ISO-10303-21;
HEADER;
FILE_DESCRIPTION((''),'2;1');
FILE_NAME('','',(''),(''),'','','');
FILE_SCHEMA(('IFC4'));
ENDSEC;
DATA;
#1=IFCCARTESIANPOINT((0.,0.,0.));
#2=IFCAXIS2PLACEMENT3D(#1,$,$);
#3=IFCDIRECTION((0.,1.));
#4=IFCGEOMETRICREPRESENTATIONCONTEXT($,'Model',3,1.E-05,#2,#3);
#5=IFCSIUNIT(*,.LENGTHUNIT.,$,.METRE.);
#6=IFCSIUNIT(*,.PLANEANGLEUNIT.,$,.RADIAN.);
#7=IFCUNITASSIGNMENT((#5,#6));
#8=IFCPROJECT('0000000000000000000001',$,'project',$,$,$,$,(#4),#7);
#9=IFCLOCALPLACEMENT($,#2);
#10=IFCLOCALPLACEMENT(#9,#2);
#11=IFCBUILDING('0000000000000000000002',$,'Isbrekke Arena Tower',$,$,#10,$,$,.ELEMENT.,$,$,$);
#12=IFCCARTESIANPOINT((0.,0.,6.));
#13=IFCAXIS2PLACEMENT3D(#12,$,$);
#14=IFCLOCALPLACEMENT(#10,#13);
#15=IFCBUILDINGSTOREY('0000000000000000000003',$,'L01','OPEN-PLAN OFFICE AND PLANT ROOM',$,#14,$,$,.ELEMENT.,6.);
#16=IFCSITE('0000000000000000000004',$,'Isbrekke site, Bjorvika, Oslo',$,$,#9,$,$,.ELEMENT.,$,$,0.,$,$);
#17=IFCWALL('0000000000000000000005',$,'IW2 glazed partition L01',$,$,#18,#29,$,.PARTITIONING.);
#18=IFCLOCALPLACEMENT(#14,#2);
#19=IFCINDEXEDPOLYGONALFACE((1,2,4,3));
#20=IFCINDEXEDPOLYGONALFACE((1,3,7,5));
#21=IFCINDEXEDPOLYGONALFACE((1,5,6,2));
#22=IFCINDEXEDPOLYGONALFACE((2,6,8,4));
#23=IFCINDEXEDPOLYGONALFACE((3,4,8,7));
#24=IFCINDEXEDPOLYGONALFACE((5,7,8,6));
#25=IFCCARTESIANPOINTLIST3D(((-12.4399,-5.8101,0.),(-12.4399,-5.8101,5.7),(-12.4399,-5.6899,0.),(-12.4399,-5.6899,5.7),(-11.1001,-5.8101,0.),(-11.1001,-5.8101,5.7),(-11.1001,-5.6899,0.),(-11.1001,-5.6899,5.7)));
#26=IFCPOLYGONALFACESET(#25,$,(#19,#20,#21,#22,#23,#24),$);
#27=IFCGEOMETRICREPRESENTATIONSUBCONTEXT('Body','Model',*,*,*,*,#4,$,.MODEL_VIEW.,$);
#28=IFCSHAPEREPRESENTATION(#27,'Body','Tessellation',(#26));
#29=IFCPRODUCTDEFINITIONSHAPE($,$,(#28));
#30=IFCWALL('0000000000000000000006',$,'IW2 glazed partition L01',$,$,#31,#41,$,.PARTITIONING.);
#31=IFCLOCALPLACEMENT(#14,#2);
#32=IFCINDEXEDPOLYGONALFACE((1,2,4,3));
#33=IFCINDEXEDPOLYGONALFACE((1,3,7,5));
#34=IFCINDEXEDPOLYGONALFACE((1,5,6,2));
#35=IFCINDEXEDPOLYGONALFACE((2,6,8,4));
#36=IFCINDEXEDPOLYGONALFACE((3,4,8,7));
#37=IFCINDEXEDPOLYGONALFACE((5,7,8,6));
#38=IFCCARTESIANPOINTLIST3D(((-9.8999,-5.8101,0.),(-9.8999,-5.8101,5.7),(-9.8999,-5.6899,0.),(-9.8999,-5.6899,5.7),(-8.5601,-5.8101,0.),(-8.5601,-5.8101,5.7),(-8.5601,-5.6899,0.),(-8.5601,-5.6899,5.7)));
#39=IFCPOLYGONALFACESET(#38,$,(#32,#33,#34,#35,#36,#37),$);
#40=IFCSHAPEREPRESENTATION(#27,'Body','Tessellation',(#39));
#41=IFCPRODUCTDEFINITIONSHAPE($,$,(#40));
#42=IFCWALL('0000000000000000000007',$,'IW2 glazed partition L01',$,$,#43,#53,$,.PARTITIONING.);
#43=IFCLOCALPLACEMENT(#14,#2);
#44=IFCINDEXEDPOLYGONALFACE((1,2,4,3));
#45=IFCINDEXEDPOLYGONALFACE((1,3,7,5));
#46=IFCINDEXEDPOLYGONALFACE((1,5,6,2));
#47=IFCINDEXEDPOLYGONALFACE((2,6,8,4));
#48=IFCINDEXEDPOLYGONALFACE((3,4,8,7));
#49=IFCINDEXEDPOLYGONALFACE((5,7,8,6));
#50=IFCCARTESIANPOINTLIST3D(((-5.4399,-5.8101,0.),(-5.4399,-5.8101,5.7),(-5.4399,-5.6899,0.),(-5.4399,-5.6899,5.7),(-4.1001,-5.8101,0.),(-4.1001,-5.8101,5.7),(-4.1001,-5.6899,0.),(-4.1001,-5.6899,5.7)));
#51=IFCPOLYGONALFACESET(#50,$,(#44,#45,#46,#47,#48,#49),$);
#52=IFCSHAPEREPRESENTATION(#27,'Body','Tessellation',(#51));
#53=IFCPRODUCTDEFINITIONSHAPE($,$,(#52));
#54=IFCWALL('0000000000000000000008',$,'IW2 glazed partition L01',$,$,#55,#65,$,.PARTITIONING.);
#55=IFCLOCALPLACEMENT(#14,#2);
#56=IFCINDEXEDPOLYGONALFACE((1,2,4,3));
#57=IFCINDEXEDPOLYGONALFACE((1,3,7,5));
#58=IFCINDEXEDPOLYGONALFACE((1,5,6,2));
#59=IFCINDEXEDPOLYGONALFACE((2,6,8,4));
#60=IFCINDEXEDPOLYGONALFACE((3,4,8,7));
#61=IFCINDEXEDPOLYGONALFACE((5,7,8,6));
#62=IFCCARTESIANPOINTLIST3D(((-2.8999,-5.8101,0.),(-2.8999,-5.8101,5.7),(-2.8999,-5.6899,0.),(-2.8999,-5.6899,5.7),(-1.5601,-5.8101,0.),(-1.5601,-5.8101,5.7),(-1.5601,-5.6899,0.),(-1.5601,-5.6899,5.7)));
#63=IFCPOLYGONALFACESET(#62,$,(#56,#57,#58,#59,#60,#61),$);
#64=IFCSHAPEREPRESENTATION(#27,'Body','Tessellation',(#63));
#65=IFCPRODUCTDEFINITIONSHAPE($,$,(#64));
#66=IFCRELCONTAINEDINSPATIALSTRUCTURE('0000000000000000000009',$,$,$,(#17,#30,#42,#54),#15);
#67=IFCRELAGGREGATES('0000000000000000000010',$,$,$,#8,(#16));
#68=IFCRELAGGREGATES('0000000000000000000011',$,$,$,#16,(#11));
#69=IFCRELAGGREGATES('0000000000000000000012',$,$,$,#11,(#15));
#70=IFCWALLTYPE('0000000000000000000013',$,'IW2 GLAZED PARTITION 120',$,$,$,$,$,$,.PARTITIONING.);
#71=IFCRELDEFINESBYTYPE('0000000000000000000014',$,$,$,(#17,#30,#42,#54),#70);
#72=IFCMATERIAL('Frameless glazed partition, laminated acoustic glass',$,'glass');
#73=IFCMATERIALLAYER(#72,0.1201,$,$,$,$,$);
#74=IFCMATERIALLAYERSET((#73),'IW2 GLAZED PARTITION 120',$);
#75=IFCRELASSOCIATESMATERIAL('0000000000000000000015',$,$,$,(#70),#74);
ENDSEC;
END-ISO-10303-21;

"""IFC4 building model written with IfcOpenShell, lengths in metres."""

from ifc_helpers import new_model, si_unit, direction, frame, frame_2d, origin, place, context, subcontext, project, spatial, rectangle, extrude, material, layer, layer_set, type_object, element, save


model = new_model("IFC4")

# Units and contexts
model_context = context("Model", 3, precision=1e-05, world=origin(), true_north=direction((0.0, 1.0)))
body_context = subcontext(model_context, "Body", "Model", "MODEL_VIEW")
ifc_project = project(units=[si_unit("LENGTHUNIT", "METRE"), si_unit("PLANEANGLEUNIT", "RADIAN")], contexts=[model_context])

# Site, building, storey
site_placement = place(None, origin())
site = spatial("IfcSite", under=ifc_project, at=site_placement, Name="Isbrekke site, Bjorvika, Oslo", CompositionType="ELEMENT", RefElevation=0.0)
building_placement = place(site_placement, origin())
building = spatial("IfcBuilding", under=site, at=building_placement, Name="Isbrekke Arena Tower", CompositionType="ELEMENT")
storey_placement = place(building_placement, frame((0.0, 0.0, 6.0)))
storey = spatial("IfcBuildingStorey", under=building, at=storey_placement, Name="L01", Description="OPEN-PLAN OFFICE AND PLANT ROOM", CompositionType="ELEMENT", Elevation=6.0)

# Walls
ifc_material_1 = material(Name="Frameless glazed partition, laminated acoustic glass", Category="glass")
ifc_layer_1 = layer(ifc_material_1, 0.1201)
ifc_layer_set_1 = layer_set([ifc_layer_1], Name="IW2 GLAZED PARTITION 120")
wall_type_1 = type_object("IfcWallType", Name="IW2 GLAZED PARTITION 120", PredefinedType="PARTITIONING", material=ifc_layer_set_1)
for number, where, z_axis, x_axis, name in (
    (1, (-12.4399, -5.75, 0.0), (0.0, 0.0, 1.0), (1.0, 0.0, 0.0), "IW2 glazed partition L01"),
    (2, (-9.8999, -5.75, 0.0), (0.0, 0.0, 1.0), (1.0, 0.0, 0.0), "IW2 glazed partition L01"),
    (3, (-5.4399, -5.75, 0.0), (0.0, 0.0, 1.0), (1.0, 0.0, 0.0), "IW2 glazed partition L01"),
    (4, (-2.8999, -5.75, 0.0), (0.0, 0.0, 1.0), (1.0, 0.0, 0.0), "IW2 glazed partition L01"),
):
    element("IfcWall", number, at=place(storey_placement, frame(where, z_axis=z_axis, x_axis=x_axis)), inside=storey, type_object=wall_type_1, Name=name, PredefinedType="PARTITIONING", context=body_context, shape_type="SweptSolid", body=[
        extrude(rectangle(XDim=1.3398, YDim=0.1201, at=frame_2d((0.6699, 0.0))), origin(), (0.0, 0.0, 1.0), 5.7),
    ])

save(model, "model.ifc")
